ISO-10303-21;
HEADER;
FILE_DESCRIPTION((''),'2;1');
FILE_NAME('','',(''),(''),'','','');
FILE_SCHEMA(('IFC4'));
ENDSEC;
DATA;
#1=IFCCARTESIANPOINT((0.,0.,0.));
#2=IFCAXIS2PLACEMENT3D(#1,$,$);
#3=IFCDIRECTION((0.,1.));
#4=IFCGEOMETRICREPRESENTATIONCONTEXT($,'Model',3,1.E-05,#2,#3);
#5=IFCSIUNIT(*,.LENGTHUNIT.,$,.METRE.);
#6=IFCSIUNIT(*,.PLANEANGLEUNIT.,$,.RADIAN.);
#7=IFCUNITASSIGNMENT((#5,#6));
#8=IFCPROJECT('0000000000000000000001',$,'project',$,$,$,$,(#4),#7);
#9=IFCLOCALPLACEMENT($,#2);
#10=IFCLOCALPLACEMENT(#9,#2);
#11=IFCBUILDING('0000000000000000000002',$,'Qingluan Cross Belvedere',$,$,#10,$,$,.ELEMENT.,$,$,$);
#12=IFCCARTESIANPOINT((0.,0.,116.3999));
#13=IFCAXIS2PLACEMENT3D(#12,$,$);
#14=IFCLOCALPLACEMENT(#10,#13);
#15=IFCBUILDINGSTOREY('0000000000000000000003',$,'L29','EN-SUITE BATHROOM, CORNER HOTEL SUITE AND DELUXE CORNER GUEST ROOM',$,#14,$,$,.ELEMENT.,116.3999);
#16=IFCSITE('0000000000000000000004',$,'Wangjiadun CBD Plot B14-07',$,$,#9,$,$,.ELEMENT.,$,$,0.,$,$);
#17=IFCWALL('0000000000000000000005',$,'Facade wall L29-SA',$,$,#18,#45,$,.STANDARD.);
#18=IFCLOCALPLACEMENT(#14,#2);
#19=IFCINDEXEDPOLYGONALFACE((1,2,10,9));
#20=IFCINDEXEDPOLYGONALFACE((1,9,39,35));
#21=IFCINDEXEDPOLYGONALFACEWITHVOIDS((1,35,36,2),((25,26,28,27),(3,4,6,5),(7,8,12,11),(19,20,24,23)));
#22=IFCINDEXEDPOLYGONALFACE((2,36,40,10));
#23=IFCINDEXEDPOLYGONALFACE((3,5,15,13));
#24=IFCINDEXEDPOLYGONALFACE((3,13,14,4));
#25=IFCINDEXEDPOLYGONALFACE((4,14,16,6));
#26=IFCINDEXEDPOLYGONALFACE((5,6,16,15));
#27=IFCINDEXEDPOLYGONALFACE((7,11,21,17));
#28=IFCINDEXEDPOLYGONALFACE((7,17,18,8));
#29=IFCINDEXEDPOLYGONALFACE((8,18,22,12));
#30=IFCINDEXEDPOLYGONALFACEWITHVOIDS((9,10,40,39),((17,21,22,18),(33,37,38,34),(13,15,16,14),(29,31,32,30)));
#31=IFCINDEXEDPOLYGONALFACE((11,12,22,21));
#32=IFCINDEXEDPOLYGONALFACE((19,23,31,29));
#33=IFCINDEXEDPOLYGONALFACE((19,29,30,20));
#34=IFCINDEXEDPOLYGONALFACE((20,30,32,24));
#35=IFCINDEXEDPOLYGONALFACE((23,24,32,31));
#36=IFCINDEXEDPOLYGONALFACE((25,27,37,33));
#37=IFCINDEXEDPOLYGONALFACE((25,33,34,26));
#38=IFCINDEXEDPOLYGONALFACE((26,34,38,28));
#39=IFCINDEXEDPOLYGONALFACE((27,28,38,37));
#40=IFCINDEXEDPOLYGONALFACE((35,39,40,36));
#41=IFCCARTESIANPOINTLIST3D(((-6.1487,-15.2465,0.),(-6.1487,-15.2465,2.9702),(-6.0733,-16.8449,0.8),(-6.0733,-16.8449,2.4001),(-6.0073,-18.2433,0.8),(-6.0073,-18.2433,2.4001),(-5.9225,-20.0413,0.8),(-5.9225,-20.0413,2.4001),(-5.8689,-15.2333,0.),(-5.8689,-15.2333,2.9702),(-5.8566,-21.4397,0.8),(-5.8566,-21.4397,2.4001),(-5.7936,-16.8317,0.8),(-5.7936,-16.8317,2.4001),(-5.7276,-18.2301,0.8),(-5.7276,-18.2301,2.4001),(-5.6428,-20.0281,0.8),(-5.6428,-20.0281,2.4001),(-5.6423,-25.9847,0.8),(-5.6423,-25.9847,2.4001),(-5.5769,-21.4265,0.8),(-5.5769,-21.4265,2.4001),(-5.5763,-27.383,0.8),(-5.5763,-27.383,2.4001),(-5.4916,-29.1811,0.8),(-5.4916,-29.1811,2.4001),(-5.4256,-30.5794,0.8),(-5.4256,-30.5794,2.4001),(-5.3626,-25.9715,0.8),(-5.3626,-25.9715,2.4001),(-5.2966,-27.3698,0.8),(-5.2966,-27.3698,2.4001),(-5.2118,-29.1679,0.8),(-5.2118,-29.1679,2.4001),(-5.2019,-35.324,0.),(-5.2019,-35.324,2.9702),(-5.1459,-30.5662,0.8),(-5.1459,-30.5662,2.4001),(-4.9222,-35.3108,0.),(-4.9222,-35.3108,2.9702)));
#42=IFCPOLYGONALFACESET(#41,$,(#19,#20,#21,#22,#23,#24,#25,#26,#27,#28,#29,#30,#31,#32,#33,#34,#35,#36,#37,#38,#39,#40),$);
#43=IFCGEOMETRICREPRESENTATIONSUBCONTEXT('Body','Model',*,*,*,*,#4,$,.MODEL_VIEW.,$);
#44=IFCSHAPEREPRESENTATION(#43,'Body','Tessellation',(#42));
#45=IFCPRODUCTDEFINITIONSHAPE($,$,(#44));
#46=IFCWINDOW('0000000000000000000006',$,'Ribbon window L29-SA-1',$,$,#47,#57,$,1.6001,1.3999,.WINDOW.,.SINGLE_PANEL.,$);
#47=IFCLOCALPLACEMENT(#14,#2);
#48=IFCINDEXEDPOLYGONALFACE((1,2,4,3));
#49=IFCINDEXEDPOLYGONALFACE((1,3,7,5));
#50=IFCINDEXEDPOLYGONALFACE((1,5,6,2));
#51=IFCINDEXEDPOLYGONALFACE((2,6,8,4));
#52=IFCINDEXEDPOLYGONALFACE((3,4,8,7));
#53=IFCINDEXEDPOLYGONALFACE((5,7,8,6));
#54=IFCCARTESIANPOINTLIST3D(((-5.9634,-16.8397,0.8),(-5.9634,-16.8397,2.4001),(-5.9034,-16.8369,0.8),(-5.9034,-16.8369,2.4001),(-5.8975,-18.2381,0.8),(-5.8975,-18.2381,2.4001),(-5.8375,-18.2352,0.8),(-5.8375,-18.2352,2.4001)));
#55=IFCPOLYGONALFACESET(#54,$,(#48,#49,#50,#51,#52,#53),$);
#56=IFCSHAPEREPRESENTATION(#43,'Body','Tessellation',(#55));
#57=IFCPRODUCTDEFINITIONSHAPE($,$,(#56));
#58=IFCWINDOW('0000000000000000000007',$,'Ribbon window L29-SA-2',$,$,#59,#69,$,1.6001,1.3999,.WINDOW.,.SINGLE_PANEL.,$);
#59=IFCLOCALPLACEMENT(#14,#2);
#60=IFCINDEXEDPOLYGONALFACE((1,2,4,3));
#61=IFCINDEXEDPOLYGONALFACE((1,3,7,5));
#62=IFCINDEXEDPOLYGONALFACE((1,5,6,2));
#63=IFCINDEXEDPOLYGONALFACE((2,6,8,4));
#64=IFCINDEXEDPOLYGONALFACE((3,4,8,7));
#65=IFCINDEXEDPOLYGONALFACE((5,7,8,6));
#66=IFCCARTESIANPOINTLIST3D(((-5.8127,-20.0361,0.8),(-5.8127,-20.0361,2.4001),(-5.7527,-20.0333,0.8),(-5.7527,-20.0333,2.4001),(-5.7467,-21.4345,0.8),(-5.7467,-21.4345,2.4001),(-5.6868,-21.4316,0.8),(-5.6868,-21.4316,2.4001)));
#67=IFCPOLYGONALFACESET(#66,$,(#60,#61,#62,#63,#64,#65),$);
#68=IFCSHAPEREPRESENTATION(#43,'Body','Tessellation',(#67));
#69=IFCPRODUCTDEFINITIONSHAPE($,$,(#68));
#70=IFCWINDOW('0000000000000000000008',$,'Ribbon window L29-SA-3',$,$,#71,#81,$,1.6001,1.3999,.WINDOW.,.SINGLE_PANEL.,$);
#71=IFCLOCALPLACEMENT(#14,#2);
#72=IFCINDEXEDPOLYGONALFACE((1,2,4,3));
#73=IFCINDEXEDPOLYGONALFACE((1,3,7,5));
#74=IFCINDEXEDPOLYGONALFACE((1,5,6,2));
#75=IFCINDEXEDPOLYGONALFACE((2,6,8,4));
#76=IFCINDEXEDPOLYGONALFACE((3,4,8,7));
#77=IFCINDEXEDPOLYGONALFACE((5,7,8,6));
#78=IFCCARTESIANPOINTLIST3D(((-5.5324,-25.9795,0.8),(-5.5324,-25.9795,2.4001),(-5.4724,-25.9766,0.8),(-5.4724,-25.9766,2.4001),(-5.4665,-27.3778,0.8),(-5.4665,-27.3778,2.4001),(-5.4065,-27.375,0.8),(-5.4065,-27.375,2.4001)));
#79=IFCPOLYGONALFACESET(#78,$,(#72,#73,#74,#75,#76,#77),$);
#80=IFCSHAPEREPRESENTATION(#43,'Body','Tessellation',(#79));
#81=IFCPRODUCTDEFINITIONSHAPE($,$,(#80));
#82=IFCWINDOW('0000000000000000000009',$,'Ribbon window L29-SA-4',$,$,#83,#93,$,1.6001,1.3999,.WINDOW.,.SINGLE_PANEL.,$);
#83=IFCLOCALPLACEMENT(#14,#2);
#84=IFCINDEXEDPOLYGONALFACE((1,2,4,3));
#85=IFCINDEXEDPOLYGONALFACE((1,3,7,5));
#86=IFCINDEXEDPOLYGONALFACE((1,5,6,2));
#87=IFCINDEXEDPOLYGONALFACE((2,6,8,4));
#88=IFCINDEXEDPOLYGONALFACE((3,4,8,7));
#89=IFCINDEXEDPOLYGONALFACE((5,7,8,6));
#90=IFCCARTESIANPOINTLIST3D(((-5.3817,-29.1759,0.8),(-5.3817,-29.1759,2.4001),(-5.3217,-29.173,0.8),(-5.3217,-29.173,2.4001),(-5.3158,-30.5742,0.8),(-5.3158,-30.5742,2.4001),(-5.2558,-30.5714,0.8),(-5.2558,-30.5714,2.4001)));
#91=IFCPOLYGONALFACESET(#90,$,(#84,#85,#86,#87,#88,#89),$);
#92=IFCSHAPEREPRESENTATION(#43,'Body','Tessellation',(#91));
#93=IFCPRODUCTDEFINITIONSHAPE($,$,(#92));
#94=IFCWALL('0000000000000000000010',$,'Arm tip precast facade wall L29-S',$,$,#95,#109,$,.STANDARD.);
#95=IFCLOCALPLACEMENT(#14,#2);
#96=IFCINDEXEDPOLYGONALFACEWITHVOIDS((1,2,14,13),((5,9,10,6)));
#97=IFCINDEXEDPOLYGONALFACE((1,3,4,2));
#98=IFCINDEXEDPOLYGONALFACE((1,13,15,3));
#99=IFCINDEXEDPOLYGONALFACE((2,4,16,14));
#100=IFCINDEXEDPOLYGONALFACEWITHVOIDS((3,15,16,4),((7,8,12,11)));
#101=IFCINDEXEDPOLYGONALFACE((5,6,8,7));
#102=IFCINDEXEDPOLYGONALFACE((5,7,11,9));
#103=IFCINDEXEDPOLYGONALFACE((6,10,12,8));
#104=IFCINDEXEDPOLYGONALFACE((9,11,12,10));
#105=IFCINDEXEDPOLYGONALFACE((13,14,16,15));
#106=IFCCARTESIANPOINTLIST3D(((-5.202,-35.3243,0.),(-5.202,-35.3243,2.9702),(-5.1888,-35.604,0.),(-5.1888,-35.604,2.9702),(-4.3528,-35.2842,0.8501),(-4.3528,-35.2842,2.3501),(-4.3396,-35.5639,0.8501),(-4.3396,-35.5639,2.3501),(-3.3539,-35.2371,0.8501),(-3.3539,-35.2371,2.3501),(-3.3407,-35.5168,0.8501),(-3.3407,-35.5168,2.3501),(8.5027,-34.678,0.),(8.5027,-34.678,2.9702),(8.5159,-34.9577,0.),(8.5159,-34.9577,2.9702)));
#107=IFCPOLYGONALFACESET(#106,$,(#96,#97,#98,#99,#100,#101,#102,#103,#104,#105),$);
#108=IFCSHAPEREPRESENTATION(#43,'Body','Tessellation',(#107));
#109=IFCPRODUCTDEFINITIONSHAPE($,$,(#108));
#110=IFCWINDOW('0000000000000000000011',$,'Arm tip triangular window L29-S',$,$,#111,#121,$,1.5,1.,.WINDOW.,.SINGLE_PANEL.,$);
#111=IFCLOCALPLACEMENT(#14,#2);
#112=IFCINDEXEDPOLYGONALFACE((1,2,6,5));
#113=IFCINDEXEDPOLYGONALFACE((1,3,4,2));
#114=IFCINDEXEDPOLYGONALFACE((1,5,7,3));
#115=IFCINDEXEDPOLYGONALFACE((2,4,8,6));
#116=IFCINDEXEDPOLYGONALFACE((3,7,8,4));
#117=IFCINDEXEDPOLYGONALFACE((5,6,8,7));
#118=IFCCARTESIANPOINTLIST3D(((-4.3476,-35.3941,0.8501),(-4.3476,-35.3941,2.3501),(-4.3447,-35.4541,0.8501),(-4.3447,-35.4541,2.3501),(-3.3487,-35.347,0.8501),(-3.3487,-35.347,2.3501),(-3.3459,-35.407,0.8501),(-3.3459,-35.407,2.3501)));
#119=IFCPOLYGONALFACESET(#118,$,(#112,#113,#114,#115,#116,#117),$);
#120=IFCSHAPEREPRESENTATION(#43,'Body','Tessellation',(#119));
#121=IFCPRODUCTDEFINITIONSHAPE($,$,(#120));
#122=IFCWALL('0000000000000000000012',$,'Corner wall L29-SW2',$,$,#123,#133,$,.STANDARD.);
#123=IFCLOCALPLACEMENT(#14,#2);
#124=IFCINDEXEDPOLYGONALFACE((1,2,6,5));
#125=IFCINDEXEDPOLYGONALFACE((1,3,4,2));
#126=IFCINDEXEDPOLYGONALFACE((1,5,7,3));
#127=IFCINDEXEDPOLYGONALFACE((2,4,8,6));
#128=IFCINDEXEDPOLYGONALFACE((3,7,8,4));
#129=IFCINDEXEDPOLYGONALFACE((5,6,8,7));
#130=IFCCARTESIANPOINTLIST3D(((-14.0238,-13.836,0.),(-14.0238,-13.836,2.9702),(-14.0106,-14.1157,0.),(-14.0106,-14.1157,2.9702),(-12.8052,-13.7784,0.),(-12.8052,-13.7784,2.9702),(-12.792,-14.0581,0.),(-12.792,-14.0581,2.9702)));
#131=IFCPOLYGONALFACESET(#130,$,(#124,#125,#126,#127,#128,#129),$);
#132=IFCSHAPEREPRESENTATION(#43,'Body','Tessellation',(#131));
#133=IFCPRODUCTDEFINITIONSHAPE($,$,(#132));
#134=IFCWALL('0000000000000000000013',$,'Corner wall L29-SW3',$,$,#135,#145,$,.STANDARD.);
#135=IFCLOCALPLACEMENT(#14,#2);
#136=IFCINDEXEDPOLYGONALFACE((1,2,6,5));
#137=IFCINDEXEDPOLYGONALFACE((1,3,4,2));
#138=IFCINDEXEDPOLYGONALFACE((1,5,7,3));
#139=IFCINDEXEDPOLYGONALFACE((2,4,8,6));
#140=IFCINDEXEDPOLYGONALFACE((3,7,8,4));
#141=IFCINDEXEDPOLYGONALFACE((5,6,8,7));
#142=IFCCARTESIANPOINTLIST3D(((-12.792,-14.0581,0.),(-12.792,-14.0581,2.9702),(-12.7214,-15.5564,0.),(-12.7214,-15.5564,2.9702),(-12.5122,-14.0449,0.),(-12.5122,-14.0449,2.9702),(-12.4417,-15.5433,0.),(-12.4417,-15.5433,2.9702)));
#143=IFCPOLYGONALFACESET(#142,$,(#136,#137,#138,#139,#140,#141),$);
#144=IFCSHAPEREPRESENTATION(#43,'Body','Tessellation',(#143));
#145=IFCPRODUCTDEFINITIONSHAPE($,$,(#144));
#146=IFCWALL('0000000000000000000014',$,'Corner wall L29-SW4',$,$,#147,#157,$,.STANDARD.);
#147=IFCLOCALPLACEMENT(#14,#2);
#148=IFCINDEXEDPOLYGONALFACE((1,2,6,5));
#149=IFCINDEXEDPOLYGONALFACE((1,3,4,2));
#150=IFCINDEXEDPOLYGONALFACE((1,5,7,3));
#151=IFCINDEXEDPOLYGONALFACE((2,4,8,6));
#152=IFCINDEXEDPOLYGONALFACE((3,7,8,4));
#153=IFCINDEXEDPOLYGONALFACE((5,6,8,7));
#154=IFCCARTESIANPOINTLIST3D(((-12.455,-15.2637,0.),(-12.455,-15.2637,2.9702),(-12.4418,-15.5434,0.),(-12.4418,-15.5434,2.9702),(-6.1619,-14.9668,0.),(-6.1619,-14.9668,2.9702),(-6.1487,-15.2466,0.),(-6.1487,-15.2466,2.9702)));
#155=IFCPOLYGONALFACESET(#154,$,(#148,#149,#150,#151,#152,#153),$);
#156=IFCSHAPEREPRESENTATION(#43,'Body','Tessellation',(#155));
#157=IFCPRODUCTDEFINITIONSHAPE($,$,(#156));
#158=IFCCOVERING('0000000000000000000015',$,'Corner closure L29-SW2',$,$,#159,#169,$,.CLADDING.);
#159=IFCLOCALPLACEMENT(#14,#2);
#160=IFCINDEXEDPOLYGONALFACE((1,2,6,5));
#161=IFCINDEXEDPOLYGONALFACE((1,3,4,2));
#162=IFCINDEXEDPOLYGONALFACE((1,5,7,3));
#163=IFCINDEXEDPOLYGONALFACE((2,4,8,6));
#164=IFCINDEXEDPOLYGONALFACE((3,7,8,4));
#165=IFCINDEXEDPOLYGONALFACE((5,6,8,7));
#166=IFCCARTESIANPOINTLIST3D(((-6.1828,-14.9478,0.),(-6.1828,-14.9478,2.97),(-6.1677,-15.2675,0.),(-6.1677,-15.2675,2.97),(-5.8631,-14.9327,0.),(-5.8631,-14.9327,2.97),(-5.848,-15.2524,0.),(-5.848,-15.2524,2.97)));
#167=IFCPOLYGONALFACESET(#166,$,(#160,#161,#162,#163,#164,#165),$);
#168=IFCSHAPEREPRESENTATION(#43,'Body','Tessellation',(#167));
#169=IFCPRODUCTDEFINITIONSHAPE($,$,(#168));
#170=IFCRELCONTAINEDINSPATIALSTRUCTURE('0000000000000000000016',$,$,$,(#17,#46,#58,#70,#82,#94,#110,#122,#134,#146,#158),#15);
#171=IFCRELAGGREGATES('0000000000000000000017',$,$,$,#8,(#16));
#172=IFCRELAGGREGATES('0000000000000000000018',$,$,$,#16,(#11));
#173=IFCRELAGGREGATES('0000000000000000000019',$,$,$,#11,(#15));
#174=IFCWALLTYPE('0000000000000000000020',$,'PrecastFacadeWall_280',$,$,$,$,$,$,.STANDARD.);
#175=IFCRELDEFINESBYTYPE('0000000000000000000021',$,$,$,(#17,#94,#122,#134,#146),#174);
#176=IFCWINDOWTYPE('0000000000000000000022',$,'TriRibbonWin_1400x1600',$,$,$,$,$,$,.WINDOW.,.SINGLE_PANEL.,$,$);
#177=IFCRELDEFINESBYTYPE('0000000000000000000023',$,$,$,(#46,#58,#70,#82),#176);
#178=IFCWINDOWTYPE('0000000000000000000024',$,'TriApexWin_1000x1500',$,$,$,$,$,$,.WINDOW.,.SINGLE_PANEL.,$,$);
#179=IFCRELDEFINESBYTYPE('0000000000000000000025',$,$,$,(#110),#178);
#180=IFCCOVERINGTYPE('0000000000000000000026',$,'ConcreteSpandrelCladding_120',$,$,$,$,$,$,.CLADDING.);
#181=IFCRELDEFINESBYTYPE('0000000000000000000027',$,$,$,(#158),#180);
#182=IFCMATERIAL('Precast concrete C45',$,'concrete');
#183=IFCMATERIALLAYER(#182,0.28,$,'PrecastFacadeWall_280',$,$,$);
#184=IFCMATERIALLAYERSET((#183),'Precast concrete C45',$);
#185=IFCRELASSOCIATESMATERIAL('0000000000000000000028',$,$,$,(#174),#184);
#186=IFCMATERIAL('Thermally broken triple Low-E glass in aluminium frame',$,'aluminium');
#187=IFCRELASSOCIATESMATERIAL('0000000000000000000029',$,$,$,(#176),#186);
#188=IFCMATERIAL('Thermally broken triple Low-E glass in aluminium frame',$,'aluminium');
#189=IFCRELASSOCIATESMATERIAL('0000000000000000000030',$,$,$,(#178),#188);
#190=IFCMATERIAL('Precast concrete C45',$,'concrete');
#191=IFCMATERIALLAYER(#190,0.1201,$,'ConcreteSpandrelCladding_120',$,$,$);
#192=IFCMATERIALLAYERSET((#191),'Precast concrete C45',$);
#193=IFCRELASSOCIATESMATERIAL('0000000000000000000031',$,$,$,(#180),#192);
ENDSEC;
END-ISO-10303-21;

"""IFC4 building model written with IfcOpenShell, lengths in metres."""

from ifc_helpers import new_model, si_unit, direction, frame, frame_2d, origin, origin_2d, place, context, subcontext, project, spatial, rectangle, extrude, material, layer, layer_set, type_object, element, fill, save


model = new_model("IFC4")

# Units and contexts
model_context = context("Model", 3, precision=1e-05, world=origin(), true_north=direction((0.0, 1.0)))
body_context = subcontext(model_context, "Body", "Model", "MODEL_VIEW")
ifc_project = project(units=[si_unit("LENGTHUNIT", "METRE"), si_unit("PLANEANGLEUNIT", "RADIAN")], contexts=[model_context])

# Site, building, storey
site_placement = place(None, origin())
site = spatial("IfcSite", under=ifc_project, at=site_placement, Name="Wangjiadun CBD Plot B14-07", CompositionType="ELEMENT", RefElevation=0.0)
building_placement = place(site_placement, origin())
building = spatial("IfcBuilding", under=site, at=building_placement, Name="Qingluan Cross Belvedere", CompositionType="ELEMENT")
storey_placement = place(building_placement, frame((0.0, 0.0, 116.3999)))
storey = spatial("IfcBuildingStorey", under=building, at=storey_placement, Name="L29", Description="EN-SUITE BATHROOM, CORNER HOTEL SUITE AND DELUXE CORNER GUEST ROOM", CompositionType="ELEMENT", Elevation=116.3999)

# Wall, openings, windows
ifc_material_1 = material(Name="Precast concrete C45", Category="concrete")
ifc_layer_1 = layer(ifc_material_1, 0.28, Name="PrecastFacadeWall_280")
ifc_layer_set_1 = layer_set([ifc_layer_1], Name="Precast concrete C45")
wall_type_1 = type_object("IfcWallType", Name="PrecastFacadeWall_280", PredefinedType="STANDARD", material=ifc_layer_set_1)
wall_1_placement = place(storey_placement, frame((-6.0088, -15.24, 0.0), z_axis=(0.0, 0.0, 1.0), x_axis=(0.047103, -0.99889, 0.0)))
wall_1 = element("IfcWall", 1, at=wall_1_placement, inside=storey, type_object=wall_type_1, Name="Facade wall L29-SA", PredefinedType="STANDARD", context=body_context, shape_type="SweptSolid", body=[
    extrude(rectangle(XDim=20.0999, YDim=0.28, at=frame_2d((10.0498, 0.0))), origin(), (0.0, 0.0, 1.0), 2.9702),
])
opening_1_placement = place(wall_1_placement, frame((1.6001, 0.0, 0.8)))
opening_1 = element("IfcOpeningElement", 2, at=opening_1_placement, cuts=wall_1, PredefinedType="OPENING", context=body_context, shape_type="SweptSolid", body=[
    extrude(rectangle(XDim=1.3999, YDim=1.6001, at=frame_2d((0.7, 0.8))), frame((0.0, 0.1499, 0.0), z_axis=(0.0, -1.0, 0.0), x_axis=(1.0, 0.0, 0.0)), (0.0, 0.0, 1.0), 0.3),
])
opening_2_placement = place(wall_1_placement, frame((4.8, 0.0, 0.8)))
opening_2 = element("IfcOpeningElement", 3, at=opening_2_placement, cuts=wall_1, PredefinedType="OPENING", context=body_context, shape_type="SweptSolid", body=[
    extrude(rectangle(XDim=1.3999, YDim=1.6001, at=frame_2d((0.7, 0.8))), frame((0.0, 0.1499, 0.0), z_axis=(0.0, -1.0, 0.0), x_axis=(1.0, 0.0, 0.0)), (0.0, 0.0, 1.0), 0.3),
])
opening_3_placement = place(wall_1_placement, frame((10.75, 0.0, 0.8)))
opening_3 = element("IfcOpeningElement", 4, at=opening_3_placement, cuts=wall_1, PredefinedType="OPENING", context=body_context, shape_type="SweptSolid", body=[
    extrude(rectangle(XDim=1.3999, YDim=1.6001, at=frame_2d((0.7, 0.8))), frame((0.0, 0.1499, 0.0), z_axis=(0.0, -1.0, 0.0), x_axis=(1.0, 0.0, 0.0)), (0.0, 0.0, 1.0), 0.3),
])
opening_4_placement = place(wall_1_placement, frame((13.95, 0.0, 0.8)))
opening_4 = element("IfcOpeningElement", 5, at=opening_4_placement, cuts=wall_1, PredefinedType="OPENING", context=body_context, shape_type="SweptSolid", body=[
    extrude(rectangle(XDim=1.3999, YDim=1.6001, at=frame_2d((0.7, 0.8))), frame((0.0, 0.1499, 0.0), z_axis=(0.0, -1.0, 0.0), x_axis=(1.0, 0.0, 0.0)), (0.0, 0.0, 1.0), 0.3),
])
ifc_material_2 = material(Name="Thermally broken triple Low-E glass in aluminium frame", Category="aluminium")
window_type_1 = type_object("IfcWindowType", Name="TriRibbonWin_1400x1600", PartitioningType="SINGLE_PANEL", PredefinedType="WINDOW", material=ifc_material_2)
window_1_placement = place(opening_1_placement, origin())
window_1 = element("IfcWindow", 6, at=window_1_placement, inside=storey, type_object=window_type_1, Name="Ribbon window L29-SA-1", OverallHeight=1.6001, OverallWidth=1.3999, PartitioningType="SINGLE_PANEL", PredefinedType="WINDOW", context=body_context, shape_type="SweptSolid", body=[
    extrude(rectangle(XDim=1.3999, YDim=1.6001, at=frame_2d((0.7, 0.8))), frame((0.0, 0.03, 0.0), z_axis=(0.0, -1.0, 0.0), x_axis=(1.0, 0.0, 0.0)), (0.0, 0.0, 1.0), 0.0601),
])
fill(opening_1, window_1)
window_2_placement = place(opening_2_placement, origin())
window_2 = element("IfcWindow", 7, at=window_2_placement, inside=storey, type_object=window_type_1, Name="Ribbon window L29-SA-2", OverallHeight=1.6001, OverallWidth=1.3999, PartitioningType="SINGLE_PANEL", PredefinedType="WINDOW", context=body_context, shape_type="SweptSolid", body=[
    extrude(rectangle(XDim=1.3999, YDim=1.6001, at=frame_2d((0.7, 0.8))), frame((0.0, 0.03, 0.0), z_axis=(0.0, -1.0, 0.0), x_axis=(1.0, 0.0, 0.0)), (0.0, 0.0, 1.0), 0.0601),
])
fill(opening_2, window_2)
window_3_placement = place(opening_3_placement, origin())
window_3 = element("IfcWindow", 8, at=window_3_placement, inside=storey, type_object=window_type_1, Name="Ribbon window L29-SA-3", OverallHeight=1.6001, OverallWidth=1.3999, PartitioningType="SINGLE_PANEL", PredefinedType="WINDOW", context=body_context, shape_type="SweptSolid", body=[
    extrude(rectangle(XDim=1.3999, YDim=1.6001, at=frame_2d((0.7, 0.8))), frame((0.0, 0.03, 0.0), z_axis=(0.0, -1.0, 0.0), x_axis=(1.0, 0.0, 0.0)), (0.0, 0.0, 1.0), 0.0601),
])
fill(opening_3, window_3)
window_4_placement = place(opening_4_placement, origin())
window_4 = element("IfcWindow", 9, at=window_4_placement, inside=storey, type_object=window_type_1, Name="Ribbon window L29-SA-4", OverallHeight=1.6001, OverallWidth=1.3999, PartitioningType="SINGLE_PANEL", PredefinedType="WINDOW", context=body_context, shape_type="SweptSolid", body=[
    extrude(rectangle(XDim=1.3999, YDim=1.6001, at=frame_2d((0.7, 0.8))), frame((0.0, 0.03, 0.0), z_axis=(0.0, -1.0, 0.0), x_axis=(1.0, 0.0, 0.0)), (0.0, 0.0, 1.0), 0.0601),
])
fill(opening_4, window_4)

# Wall, opening, window
wall_2_placement = place(storey_placement, frame((-5.1953, -35.4641, 0.0), z_axis=(0.0, 0.0, 1.0), x_axis=(0.99889, 0.047102, 0.0)))
wall_2 = element("IfcWall", 10, at=wall_2_placement, inside=storey, type_object=wall_type_1, Name="Arm tip precast facade wall L29-S", PredefinedType="STANDARD", context=body_context, shape_type="SweptSolid", body=[
    extrude(rectangle(XDim=13.72, YDim=0.28, at=frame_2d((6.8599, 0.0))), origin(), (0.0, 0.0, 1.0), 2.9702),
])
opening_5_placement = place(wall_2_placement, frame((0.8501, 0.0, 0.8501)))
opening_5 = element("IfcOpeningElement", 11, at=opening_5_placement, cuts=wall_2, PredefinedType="OPENING", context=body_context, shape_type="SweptSolid", body=[
    extrude(rectangle(XDim=1.0, YDim=1.5, at=frame_2d((0.5, 0.75))), frame((0.0, 0.1499, 0.0), z_axis=(0.0, -1.0, 0.0), x_axis=(1.0, 0.0, 0.0)), (0.0, 0.0, 1.0), 0.3),
])
ifc_material_3 = material(Name="Thermally broken triple Low-E glass in aluminium frame", Category="aluminium")
window_type_2 = type_object("IfcWindowType", Name="TriApexWin_1000x1500", PartitioningType="SINGLE_PANEL", PredefinedType="WINDOW", material=ifc_material_3)
window_5_placement = place(opening_5_placement, origin())
window_5 = element("IfcWindow", 12, at=window_5_placement, inside=storey, type_object=window_type_2, Name="Arm tip triangular window L29-S", OverallHeight=1.5, OverallWidth=1.0, PartitioningType="SINGLE_PANEL", PredefinedType="WINDOW", context=body_context, shape_type="SweptSolid", body=[
    extrude(rectangle(XDim=1.0, YDim=1.5, at=frame_2d((0.5, 0.75))), frame((0.0, 0.03, 0.0), z_axis=(0.0, -1.0, 0.0), x_axis=(1.0, 0.0, 0.0)), (0.0, 0.0, 1.0), 0.0601),
])
fill(opening_5, window_5)

# Walls
wall_3_placement = place(storey_placement, frame((-14.0171, -13.9758, 0.0), z_axis=(0.0, 0.0, 1.0), x_axis=(0.998884, 0.047232, 0.0)))
element("IfcWall", 13, at=wall_3_placement, inside=storey, type_object=wall_type_1, Name="Corner wall L29-SW2", PredefinedType="STANDARD", context=body_context, shape_type="SweptSolid", body=[
    extrude(rectangle(XDim=1.22, YDim=0.28, at=frame_2d((0.6099, 0.0))), origin(), (0.0, 0.0, 1.0), 2.9702),
])
wall_4_placement = place(storey_placement, frame((-12.6521, -14.0515, 0.0), z_axis=(0.0, 0.0, 1.0), x_axis=(0.047039, -0.998893, 0.0)))
element("IfcWall", 14, at=wall_4_placement, inside=storey, type_object=wall_type_1, Name="Corner wall L29-SW3", PredefinedType="STANDARD", context=body_context, shape_type="SweptSolid", body=[
    extrude(rectangle(XDim=1.5, YDim=0.28, at=frame_2d((0.75, 0.0))), origin(), (0.0, 0.0, 1.0), 2.9702),
])
wall_5_placement = place(storey_placement, frame((-12.4482, -15.4036, 0.0), z_axis=(0.0, 0.0, 1.0), x_axis=(0.998889, 0.047123, 0.0)))
element("IfcWall", 15, at=wall_5_placement, inside=storey, type_object=wall_type_1, Name="Corner wall L29-SW4", PredefinedType="STANDARD", context=body_context, shape_type="SweptSolid", body=[
    extrude(rectangle(XDim=6.3, YDim=0.28, at=frame_2d((3.1499, 0.0))), origin(), (0.0, 0.0, 1.0), 2.9702),
])

# Covering
ifc_material_4 = material(Name="Precast concrete C45", Category="concrete")
ifc_layer_2 = layer(ifc_material_4, 0.1201, Name="ConcreteSpandrelCladding_120")
ifc_layer_set_2 = layer_set([ifc_layer_2], Name="Precast concrete C45")
covering_type = type_object("IfcCoveringType", Name="ConcreteSpandrelCladding_120", PredefinedType="CLADDING", material=ifc_layer_set_2)
covering_placement = place(storey_placement, frame((-6.0154, -15.1001, 0.0), z_axis=(0.0, 0.0, 1.0), x_axis=(0.99889, 0.047106, 0.0)))
element("IfcCovering", 16, at=covering_placement, inside=storey, type_object=covering_type, Name="Corner closure L29-SW2", PredefinedType="CLADDING", context=body_context, shape_type="SweptSolid", body=[
    extrude(rectangle(XDim=0.3201, YDim=0.3201, at=origin_2d()), origin(), (0.0, 0.0, 1.0), 2.97),
])

save(model, "model.ifc")
